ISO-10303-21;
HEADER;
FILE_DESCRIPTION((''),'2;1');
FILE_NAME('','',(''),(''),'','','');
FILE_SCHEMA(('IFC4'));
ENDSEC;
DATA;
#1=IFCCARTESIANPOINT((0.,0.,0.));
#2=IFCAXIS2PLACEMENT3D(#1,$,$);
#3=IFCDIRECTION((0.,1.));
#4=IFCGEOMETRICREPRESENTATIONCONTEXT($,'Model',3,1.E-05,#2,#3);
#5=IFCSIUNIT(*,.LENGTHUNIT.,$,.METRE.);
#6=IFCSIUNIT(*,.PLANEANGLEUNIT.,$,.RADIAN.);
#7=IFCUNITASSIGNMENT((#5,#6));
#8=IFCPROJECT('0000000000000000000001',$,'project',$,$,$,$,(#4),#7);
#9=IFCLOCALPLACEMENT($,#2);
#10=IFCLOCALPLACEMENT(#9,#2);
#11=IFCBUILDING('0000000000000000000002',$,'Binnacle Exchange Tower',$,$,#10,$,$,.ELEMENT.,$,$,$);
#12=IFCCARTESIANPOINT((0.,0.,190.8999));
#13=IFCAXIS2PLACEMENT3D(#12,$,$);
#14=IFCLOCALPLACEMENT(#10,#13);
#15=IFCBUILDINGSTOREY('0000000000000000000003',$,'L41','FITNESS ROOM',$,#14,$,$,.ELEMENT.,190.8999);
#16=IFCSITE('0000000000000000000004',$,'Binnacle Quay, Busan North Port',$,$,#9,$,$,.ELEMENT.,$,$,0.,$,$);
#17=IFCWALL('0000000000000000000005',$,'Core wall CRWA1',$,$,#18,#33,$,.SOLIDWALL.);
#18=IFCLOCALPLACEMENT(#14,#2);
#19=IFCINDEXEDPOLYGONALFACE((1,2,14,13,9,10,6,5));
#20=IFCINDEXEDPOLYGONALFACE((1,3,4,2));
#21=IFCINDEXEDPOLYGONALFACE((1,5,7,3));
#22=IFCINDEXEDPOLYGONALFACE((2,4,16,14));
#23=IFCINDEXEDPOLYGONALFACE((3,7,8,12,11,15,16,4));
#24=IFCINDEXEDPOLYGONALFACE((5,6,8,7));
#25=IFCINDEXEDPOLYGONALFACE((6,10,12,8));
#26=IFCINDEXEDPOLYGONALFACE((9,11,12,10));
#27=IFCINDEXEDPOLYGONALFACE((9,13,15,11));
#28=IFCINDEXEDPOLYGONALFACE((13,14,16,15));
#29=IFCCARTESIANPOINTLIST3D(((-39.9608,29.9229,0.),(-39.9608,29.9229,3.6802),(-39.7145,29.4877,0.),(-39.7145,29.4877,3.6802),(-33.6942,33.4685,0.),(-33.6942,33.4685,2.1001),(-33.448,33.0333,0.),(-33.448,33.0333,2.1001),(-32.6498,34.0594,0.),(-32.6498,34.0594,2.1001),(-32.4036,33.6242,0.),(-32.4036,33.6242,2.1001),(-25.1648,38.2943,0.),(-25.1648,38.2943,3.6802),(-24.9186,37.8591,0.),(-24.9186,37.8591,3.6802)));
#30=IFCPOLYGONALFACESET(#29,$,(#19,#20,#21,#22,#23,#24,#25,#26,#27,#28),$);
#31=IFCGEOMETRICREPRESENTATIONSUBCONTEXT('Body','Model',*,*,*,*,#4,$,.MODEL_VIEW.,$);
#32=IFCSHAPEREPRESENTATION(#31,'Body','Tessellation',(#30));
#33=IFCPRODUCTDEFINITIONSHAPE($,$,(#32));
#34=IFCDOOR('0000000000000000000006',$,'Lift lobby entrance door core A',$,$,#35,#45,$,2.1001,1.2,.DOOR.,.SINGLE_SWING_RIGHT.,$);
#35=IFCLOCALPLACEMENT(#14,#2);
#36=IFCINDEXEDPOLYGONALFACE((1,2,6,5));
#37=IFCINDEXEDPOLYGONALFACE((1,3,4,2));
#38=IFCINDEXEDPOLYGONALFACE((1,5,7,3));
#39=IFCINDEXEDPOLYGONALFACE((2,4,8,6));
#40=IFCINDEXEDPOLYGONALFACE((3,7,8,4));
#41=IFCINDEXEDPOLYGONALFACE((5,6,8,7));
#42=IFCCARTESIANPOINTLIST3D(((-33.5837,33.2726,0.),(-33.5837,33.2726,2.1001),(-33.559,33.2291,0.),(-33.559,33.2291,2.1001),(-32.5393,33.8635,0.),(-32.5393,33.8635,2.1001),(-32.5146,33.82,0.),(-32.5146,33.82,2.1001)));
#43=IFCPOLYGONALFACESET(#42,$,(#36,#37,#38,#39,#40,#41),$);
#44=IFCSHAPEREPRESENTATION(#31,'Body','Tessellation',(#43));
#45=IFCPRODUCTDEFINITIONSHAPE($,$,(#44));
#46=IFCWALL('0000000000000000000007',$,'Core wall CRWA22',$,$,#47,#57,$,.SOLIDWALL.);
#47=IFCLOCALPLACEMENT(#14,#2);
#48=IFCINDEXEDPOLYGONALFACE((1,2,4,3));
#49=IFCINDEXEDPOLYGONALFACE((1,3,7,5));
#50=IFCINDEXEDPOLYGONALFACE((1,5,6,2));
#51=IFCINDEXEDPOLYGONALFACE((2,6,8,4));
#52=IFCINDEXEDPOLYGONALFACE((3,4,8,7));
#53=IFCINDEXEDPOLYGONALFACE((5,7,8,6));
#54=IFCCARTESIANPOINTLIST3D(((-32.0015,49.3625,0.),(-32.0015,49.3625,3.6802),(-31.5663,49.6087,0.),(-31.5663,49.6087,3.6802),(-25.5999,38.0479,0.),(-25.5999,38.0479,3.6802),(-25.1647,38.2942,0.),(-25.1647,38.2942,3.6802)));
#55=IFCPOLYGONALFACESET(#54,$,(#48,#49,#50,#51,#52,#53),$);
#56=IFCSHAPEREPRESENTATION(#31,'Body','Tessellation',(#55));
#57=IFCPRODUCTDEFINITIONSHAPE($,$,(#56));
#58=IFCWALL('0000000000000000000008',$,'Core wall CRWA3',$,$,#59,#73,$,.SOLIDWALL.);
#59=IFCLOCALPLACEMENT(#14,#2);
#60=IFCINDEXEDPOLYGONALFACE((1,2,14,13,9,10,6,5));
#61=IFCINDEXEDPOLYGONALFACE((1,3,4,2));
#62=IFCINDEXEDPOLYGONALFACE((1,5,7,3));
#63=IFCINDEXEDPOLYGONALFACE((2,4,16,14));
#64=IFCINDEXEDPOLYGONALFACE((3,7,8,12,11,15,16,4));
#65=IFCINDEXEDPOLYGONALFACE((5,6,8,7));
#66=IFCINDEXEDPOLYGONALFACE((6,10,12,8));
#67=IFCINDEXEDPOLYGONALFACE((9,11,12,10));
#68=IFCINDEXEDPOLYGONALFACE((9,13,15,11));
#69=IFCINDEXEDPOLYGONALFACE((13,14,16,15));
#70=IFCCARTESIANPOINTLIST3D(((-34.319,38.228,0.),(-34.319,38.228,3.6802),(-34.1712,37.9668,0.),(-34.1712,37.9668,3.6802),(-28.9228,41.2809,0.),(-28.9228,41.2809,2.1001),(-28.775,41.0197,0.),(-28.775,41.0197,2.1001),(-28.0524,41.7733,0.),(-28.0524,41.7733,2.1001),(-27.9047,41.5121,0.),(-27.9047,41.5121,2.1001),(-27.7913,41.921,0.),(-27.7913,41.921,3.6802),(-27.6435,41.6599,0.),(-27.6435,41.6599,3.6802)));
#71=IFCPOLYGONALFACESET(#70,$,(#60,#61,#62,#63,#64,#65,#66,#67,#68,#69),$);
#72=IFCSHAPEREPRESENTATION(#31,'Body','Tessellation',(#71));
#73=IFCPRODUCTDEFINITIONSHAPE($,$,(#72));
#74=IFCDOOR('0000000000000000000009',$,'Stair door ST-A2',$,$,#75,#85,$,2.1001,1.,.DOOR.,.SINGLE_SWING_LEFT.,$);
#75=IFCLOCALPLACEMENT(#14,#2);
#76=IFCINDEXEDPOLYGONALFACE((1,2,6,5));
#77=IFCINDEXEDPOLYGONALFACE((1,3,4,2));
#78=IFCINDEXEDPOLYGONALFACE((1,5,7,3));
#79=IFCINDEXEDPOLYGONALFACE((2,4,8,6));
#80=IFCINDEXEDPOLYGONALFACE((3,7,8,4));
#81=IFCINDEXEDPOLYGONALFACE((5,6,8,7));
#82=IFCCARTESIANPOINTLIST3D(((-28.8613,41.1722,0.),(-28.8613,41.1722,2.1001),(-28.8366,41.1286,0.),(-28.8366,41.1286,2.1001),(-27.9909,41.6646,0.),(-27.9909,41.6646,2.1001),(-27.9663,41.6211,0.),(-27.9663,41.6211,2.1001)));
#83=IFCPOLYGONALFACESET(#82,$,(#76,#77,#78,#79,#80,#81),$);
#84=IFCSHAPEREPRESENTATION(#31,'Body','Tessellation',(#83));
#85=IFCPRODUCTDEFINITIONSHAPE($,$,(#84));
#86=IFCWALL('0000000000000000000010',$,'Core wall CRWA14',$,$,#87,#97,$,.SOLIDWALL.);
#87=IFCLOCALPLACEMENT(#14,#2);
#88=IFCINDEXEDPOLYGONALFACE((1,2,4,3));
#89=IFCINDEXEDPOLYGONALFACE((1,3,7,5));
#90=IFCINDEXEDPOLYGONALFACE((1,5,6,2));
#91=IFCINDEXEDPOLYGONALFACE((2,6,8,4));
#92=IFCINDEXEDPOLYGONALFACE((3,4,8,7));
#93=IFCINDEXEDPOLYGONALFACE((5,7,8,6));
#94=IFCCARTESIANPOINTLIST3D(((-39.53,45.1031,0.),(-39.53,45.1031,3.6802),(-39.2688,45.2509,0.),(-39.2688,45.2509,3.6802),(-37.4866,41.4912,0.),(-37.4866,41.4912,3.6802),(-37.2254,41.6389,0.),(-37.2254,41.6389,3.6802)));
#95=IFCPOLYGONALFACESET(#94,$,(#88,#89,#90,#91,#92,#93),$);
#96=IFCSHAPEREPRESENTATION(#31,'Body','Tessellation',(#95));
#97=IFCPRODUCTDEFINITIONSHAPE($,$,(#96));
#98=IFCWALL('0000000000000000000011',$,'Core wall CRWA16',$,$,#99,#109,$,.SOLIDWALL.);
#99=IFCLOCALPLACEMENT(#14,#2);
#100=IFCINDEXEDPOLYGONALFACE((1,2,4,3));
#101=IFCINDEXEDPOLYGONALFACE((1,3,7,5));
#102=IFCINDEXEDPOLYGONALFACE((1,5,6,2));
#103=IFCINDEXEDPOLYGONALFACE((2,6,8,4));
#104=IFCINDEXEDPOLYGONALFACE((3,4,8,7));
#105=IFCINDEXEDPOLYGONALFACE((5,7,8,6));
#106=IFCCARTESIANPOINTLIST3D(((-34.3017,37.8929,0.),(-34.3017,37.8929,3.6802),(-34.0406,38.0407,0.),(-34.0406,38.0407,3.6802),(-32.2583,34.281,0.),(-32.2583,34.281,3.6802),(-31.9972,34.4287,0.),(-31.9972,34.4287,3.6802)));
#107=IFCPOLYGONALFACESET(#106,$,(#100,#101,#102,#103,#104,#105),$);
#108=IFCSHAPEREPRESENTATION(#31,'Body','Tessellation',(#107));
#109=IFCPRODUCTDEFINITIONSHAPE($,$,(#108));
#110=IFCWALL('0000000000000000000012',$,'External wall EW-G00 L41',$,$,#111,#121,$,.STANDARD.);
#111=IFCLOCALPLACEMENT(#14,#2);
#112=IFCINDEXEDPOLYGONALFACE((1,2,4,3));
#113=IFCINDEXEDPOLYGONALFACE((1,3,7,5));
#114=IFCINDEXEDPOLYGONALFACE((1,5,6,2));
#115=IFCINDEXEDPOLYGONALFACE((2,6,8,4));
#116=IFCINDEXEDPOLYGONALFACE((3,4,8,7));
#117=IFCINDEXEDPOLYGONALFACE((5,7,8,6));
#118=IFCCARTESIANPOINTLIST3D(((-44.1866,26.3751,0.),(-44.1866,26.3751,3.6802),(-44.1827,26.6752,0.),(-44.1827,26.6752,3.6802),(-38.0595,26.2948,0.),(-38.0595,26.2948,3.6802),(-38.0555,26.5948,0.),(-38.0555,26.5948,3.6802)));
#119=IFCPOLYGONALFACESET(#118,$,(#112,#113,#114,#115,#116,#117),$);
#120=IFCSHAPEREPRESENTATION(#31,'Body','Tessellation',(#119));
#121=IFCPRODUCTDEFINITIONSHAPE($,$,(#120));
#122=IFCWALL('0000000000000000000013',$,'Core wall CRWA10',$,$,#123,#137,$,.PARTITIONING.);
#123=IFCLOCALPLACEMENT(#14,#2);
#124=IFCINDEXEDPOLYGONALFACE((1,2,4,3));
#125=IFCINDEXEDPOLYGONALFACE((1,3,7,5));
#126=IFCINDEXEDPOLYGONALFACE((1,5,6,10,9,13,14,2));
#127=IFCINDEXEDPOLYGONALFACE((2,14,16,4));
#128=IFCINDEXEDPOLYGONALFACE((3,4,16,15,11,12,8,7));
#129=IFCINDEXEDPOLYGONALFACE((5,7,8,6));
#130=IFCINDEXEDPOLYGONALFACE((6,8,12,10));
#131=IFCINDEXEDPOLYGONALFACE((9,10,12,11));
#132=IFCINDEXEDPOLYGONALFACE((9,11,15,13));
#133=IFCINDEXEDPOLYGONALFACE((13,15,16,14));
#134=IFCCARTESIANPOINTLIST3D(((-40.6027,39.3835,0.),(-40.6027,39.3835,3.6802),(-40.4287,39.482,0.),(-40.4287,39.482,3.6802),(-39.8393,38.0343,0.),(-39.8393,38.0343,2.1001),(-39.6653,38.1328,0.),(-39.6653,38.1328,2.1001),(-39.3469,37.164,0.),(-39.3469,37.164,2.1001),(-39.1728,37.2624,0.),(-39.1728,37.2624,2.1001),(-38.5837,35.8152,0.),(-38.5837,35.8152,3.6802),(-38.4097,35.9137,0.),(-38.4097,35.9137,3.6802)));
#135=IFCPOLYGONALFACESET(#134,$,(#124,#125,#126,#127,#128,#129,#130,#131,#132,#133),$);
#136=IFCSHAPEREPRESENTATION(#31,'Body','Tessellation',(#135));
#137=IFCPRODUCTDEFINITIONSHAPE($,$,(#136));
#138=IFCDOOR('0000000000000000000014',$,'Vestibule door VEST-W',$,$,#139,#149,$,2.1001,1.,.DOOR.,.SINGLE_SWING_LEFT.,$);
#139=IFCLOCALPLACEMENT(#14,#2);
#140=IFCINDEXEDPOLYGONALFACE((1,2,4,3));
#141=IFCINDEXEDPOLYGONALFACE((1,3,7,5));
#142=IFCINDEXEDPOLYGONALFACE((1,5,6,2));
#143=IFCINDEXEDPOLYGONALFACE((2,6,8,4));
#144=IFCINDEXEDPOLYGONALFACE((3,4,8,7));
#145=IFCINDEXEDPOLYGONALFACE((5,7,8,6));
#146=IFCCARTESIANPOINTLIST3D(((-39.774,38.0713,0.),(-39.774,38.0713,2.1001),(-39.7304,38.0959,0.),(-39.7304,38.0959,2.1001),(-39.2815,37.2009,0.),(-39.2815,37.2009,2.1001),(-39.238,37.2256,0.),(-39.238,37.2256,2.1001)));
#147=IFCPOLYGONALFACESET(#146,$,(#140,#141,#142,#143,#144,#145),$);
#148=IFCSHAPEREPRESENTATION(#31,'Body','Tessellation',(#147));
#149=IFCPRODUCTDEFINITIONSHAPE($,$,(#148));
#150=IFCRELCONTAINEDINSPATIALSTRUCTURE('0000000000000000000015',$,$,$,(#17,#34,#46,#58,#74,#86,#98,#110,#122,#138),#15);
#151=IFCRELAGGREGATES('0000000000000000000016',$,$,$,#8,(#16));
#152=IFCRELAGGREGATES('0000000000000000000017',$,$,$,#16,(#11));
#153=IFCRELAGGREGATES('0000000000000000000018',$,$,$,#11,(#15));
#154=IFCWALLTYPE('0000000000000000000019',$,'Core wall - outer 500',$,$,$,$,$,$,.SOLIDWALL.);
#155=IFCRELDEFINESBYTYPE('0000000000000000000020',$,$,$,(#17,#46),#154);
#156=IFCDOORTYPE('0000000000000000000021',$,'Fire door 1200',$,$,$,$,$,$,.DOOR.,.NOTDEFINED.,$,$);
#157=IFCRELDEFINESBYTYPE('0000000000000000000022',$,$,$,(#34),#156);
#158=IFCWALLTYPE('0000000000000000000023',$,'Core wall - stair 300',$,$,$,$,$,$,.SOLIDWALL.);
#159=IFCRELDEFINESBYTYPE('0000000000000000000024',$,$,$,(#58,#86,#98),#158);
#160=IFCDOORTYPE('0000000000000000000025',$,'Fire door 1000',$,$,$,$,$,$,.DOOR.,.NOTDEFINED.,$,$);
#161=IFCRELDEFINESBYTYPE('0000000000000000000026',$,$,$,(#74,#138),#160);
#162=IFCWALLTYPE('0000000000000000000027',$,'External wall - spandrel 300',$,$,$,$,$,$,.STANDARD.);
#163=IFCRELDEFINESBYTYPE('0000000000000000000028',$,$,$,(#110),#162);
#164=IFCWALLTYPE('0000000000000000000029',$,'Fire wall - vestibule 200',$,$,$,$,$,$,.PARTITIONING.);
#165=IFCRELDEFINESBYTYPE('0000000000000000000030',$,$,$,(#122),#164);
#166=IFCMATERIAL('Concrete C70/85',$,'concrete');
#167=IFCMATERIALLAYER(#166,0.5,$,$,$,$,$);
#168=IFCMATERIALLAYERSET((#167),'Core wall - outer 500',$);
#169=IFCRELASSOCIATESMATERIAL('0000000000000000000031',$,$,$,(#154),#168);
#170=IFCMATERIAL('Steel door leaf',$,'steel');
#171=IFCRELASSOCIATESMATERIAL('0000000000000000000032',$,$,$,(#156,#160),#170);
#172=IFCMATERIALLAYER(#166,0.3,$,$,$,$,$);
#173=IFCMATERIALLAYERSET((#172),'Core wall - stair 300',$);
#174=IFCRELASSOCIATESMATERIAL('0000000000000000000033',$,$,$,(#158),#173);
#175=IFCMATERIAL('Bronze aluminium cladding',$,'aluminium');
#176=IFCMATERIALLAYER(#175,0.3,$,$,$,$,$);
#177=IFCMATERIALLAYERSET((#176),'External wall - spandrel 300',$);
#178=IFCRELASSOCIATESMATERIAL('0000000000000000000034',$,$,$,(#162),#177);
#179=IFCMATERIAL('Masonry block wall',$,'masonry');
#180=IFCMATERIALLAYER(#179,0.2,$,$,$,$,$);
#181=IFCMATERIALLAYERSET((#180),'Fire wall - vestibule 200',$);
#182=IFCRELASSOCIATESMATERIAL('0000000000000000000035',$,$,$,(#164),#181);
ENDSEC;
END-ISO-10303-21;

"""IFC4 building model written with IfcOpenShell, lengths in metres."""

from ifc_helpers import new_model, si_unit, direction, frame, frame_2d, origin, place, context, subcontext, project, spatial, rectangle, extrude, material, layer, layer_set, type_object, element, fill, save


model = new_model("IFC4")

# Units and contexts
model_context = context("Model", 3, precision=1e-05, world=origin(), true_north=direction((0.0, 1.0)))
body_context = subcontext(model_context, "Body", "Model", "MODEL_VIEW")
ifc_project = project(units=[si_unit("LENGTHUNIT", "METRE"), si_unit("PLANEANGLEUNIT", "RADIAN")], contexts=[model_context])

# Site, building, storey
site_placement = place(None, origin())
site = spatial("IfcSite", under=ifc_project, at=site_placement, Name="Binnacle Quay, Busan North Port", CompositionType="ELEMENT", RefElevation=0.0)
building_placement = place(site_placement, origin())
building = spatial("IfcBuilding", under=site, at=building_placement, Name="Binnacle Exchange Tower", CompositionType="ELEMENT")
storey_placement = place(building_placement, frame((0.0, 0.0, 190.8999)))
storey = spatial("IfcBuildingStorey", under=building, at=storey_placement, Name="L41", Description="FITNESS ROOM", CompositionType="ELEMENT", Elevation=190.8999)

# Shared definitions
ifc_material_1 = material(Name="Concrete C70/85", Category="concrete")

# Shared definitions
ifc_material_2 = material(Name="Steel door leaf", Category="steel")

# Wall, opening, door
ifc_layer_1 = layer(ifc_material_1, 0.5)
ifc_layer_set_1 = layer_set([ifc_layer_1], Name="Core wall - outer 500")
wall_type_1 = type_object("IfcWallType", Name="Core wall - outer 500", PredefinedType="SOLIDWALL", material=ifc_layer_set_1)
wall_1_placement = place(storey_placement, frame((-39.8376, 29.7053, 0.0), z_axis=(0.0, 0.0, 1.0), x_axis=(0.87035, 0.492433, 0.0)))
wall_1 = element("IfcWall", 1, at=wall_1_placement, inside=storey, type_object=wall_type_1, Name="Core wall CRWA1", PredefinedType="SOLIDWALL", context=body_context, shape_type="SweptSolid", body=[
    extrude(rectangle(XDim=17.0, YDim=0.5, at=frame_2d((8.5, 0.0))), origin(), (0.0, 0.0, 1.0), 3.6802),
])
opening_1_placement = place(wall_1_placement, frame((7.2, 0.0, 0.0)))
opening_1 = element("IfcOpeningElement", 2, at=opening_1_placement, cuts=wall_1, PredefinedType="OPENING", context=body_context, shape_type="SweptSolid", body=[
    extrude(rectangle(XDim=1.2, YDim=2.1001, at=frame_2d((0.6001, 1.05))), frame((0.0, 0.26, 0.0), z_axis=(0.0, -1.0, 0.0), x_axis=(1.0, 0.0, 0.0)), (0.0, 0.0, 1.0), 0.52),
])
door_type_1 = type_object("IfcDoorType", Name="Fire door 1200", OperationType="NOTDEFINED", PredefinedType="DOOR", material=ifc_material_2)
door_1_placement = place(opening_1_placement, frame((1.2, 0.0, 0.0), z_axis=(0.0, 0.0, 1.0), x_axis=(-1.0, 0.0, 0.0)))
door_1 = element("IfcDoor", 3, at=door_1_placement, inside=storey, type_object=door_type_1, Name="Lift lobby entrance door core A", OperationType="SINGLE_SWING_RIGHT", OverallHeight=2.1001, OverallWidth=1.2, PredefinedType="DOOR", context=body_context, shape_type="SweptSolid", body=[
    extrude(rectangle(XDim=1.2, YDim=2.1001, at=frame_2d((0.6001, 1.05))), frame((0.0, 0.0249, 0.0), z_axis=(0.0, -1.0, 0.0), x_axis=(1.0, 0.0, 0.0)), (0.0, 0.0, 1.0), 0.05),
])
fill(opening_1, door_1)

# Wall
wall_2_placement = place(storey_placement, frame((-31.7839, 49.4856, 0.0), z_axis=(0.0, 0.0, 1.0), x_axis=(0.492435, -0.870349, 0.0)))
element("IfcWall", 4, at=wall_2_placement, inside=storey, type_object=wall_type_1, Name="Core wall CRWA22", PredefinedType="SOLIDWALL", context=body_context, shape_type="SweptSolid", body=[
    extrude(rectangle(XDim=13.0, YDim=0.5, at=frame_2d((6.5, 0.0))), origin(), (0.0, 0.0, 1.0), 3.6802),
])

# Wall, opening, door
ifc_layer_2 = layer(ifc_material_1, 0.3)
ifc_layer_set_2 = layer_set([ifc_layer_2], Name="Core wall - stair 300")
wall_type_2 = type_object("IfcWallType", Name="Core wall - stair 300", PredefinedType="SOLIDWALL", material=ifc_layer_set_2)
wall_3_placement = place(storey_placement, frame((-34.2451, 38.0974, 0.0), z_axis=(0.0, 0.0, 1.0), x_axis=(0.870365, 0.492408, 0.0)))
wall_3 = element("IfcWall", 5, at=wall_3_placement, inside=storey, type_object=wall_type_2, Name="Core wall CRWA3", PredefinedType="SOLIDWALL", context=body_context, shape_type="SweptSolid", body=[
    extrude(rectangle(XDim=7.5, YDim=0.3, at=frame_2d((3.75, 0.0))), origin(), (0.0, 0.0, 1.0), 3.6802),
])
opening_2_placement = place(wall_3_placement, frame((6.2, 0.0, 0.0)))
opening_2 = element("IfcOpeningElement", 6, at=opening_2_placement, cuts=wall_3, PredefinedType="OPENING", context=body_context, shape_type="SweptSolid", body=[
    extrude(rectangle(XDim=1.0, YDim=2.1001, at=frame_2d((0.5, 1.05))), frame((0.0, 0.1599, 0.0), z_axis=(0.0, -1.0, 0.0), x_axis=(1.0, 0.0, 0.0)), (0.0, 0.0, 1.0), 0.3201),
])
door_type_2 = type_object("IfcDoorType", Name="Fire door 1000", OperationType="NOTDEFINED", PredefinedType="DOOR", material=ifc_material_2)
door_2_placement = place(opening_2_placement, frame((1.0, 0.0, 0.0), z_axis=(0.0, 0.0, 1.0), x_axis=(-1.0, 0.0, 0.0)))
door_2 = element("IfcDoor", 7, at=door_2_placement, inside=storey, type_object=door_type_2, Name="Stair door ST-A2", OperationType="SINGLE_SWING_LEFT", OverallHeight=2.1001, OverallWidth=1.0, PredefinedType="DOOR", context=body_context, shape_type="SweptSolid", body=[
    extrude(rectangle(XDim=1.0, YDim=2.1001, at=frame_2d((0.5, 1.05))), frame((0.0, 0.0249, 0.0), z_axis=(0.0, -1.0, 0.0), x_axis=(1.0, 0.0, 0.0)), (0.0, 0.0, 1.0), 0.05),
])
fill(opening_2, door_2)

# Walls
for number, where, z_axis, x_axis, name in (
    (8, (-39.3994, 45.177, 0.0), (0.0, 0.0, 1.0), (0.492396, -0.870371, 0.0), "Core wall CRWA14"),
    (9, (-34.1711, 37.9668, 0.0), (0.0, 0.0, 1.0), (0.492396, -0.870371, 0.0), "Core wall CRWA16"),
):
    element("IfcWall", number, at=place(storey_placement, frame(where, z_axis=z_axis, x_axis=x_axis)), inside=storey, type_object=wall_type_2, Name=name, PredefinedType="SOLIDWALL", context=body_context, shape_type="SweptSolid", body=[
        extrude(rectangle(XDim=4.1499, YDim=0.3, at=frame_2d((2.075, 0.0))), origin(), (0.0, 0.0, 1.0), 3.6802),
    ])
ifc_material_3 = material(Name="Bronze aluminium cladding", Category="aluminium")
ifc_layer_3 = layer(ifc_material_3, 0.3)
ifc_layer_set_3 = layer_set([ifc_layer_3], Name="External wall - spandrel 300")
wall_type_3 = type_object("IfcWallType", Name="External wall - spandrel 300", PredefinedType="STANDARD", material=ifc_layer_set_3)
wall_4_placement = place(storey_placement, frame((-38.0574, 26.4448, 0.0), z_axis=(0.0, 0.0, 1.0), x_axis=(-0.999914, 0.013108, 0.0)))
element("IfcWall", 10, at=wall_4_placement, inside=storey, type_object=wall_type_3, Name="External wall EW-G00 L41", PredefinedType="STANDARD", context=body_context, shape_type="SweptSolid", body=[
    extrude(rectangle(XDim=6.1277, YDim=0.3, at=frame_2d((3.064, 0.0))), origin(), (0.0, 0.0, 1.0), 3.6802),
])

# Wall, opening, door
ifc_material_4 = material(Name="Masonry block wall", Category="masonry")
ifc_layer_4 = layer(ifc_material_4, 0.2)
ifc_layer_set_4 = layer_set([ifc_layer_4], Name="Fire wall - vestibule 200")
wall_type_4 = type_object("IfcWallType", Name="Fire wall - vestibule 200", PredefinedType="PARTITIONING", material=ifc_layer_set_4)
wall_5_placement = place(storey_placement, frame((-40.5156, 39.4326, 0.0), z_axis=(0.0, 0.0, 1.0), x_axis=(0.492454, -0.870339, 0.0)))
wall_5 = element("IfcWall", 11, at=wall_5_placement, inside=storey, type_object=wall_type_4, Name="Core wall CRWA10", PredefinedType="PARTITIONING", context=body_context, shape_type="SweptSolid", body=[
    extrude(rectangle(XDim=4.0999, YDim=0.2, at=frame_2d((2.0498, 0.0))), origin(), (0.0, 0.0, 1.0), 3.6802),
])
opening_3_placement = place(wall_5_placement, frame((1.55, 0.0, 0.0)))
opening_3 = element("IfcOpeningElement", 12, at=opening_3_placement, cuts=wall_5, PredefinedType="OPENING", context=body_context, shape_type="SweptSolid", body=[
    extrude(rectangle(XDim=1.0, YDim=2.1001, at=frame_2d((0.5, 1.05))), frame((0.0, 0.1099, 0.0), z_axis=(0.0, -1.0, 0.0), x_axis=(1.0, 0.0, 0.0)), (0.0, 0.0, 1.0), 0.22),
])
door_3_placement = place(opening_3_placement, frame((1.0, 0.0, 0.0), z_axis=(0.0, 0.0, 1.0), x_axis=(-1.0, 0.0, 0.0)))
door_3 = element("IfcDoor", 13, at=door_3_placement, inside=storey, type_object=door_type_2, Name="Vestibule door VEST-W", OperationType="SINGLE_SWING_LEFT", OverallHeight=2.1001, OverallWidth=1.0, PredefinedType="DOOR", context=body_context, shape_type="SweptSolid", body=[
    extrude(rectangle(XDim=1.0, YDim=2.1001, at=frame_2d((0.5, 1.05))), frame((0.0, 0.0249, 0.0), z_axis=(0.0, -1.0, 0.0), x_axis=(1.0, 0.0, 0.0)), (0.0, 0.0, 1.0), 0.05),
])
fill(opening_3, door_3)

save(model, "model.ifc")
